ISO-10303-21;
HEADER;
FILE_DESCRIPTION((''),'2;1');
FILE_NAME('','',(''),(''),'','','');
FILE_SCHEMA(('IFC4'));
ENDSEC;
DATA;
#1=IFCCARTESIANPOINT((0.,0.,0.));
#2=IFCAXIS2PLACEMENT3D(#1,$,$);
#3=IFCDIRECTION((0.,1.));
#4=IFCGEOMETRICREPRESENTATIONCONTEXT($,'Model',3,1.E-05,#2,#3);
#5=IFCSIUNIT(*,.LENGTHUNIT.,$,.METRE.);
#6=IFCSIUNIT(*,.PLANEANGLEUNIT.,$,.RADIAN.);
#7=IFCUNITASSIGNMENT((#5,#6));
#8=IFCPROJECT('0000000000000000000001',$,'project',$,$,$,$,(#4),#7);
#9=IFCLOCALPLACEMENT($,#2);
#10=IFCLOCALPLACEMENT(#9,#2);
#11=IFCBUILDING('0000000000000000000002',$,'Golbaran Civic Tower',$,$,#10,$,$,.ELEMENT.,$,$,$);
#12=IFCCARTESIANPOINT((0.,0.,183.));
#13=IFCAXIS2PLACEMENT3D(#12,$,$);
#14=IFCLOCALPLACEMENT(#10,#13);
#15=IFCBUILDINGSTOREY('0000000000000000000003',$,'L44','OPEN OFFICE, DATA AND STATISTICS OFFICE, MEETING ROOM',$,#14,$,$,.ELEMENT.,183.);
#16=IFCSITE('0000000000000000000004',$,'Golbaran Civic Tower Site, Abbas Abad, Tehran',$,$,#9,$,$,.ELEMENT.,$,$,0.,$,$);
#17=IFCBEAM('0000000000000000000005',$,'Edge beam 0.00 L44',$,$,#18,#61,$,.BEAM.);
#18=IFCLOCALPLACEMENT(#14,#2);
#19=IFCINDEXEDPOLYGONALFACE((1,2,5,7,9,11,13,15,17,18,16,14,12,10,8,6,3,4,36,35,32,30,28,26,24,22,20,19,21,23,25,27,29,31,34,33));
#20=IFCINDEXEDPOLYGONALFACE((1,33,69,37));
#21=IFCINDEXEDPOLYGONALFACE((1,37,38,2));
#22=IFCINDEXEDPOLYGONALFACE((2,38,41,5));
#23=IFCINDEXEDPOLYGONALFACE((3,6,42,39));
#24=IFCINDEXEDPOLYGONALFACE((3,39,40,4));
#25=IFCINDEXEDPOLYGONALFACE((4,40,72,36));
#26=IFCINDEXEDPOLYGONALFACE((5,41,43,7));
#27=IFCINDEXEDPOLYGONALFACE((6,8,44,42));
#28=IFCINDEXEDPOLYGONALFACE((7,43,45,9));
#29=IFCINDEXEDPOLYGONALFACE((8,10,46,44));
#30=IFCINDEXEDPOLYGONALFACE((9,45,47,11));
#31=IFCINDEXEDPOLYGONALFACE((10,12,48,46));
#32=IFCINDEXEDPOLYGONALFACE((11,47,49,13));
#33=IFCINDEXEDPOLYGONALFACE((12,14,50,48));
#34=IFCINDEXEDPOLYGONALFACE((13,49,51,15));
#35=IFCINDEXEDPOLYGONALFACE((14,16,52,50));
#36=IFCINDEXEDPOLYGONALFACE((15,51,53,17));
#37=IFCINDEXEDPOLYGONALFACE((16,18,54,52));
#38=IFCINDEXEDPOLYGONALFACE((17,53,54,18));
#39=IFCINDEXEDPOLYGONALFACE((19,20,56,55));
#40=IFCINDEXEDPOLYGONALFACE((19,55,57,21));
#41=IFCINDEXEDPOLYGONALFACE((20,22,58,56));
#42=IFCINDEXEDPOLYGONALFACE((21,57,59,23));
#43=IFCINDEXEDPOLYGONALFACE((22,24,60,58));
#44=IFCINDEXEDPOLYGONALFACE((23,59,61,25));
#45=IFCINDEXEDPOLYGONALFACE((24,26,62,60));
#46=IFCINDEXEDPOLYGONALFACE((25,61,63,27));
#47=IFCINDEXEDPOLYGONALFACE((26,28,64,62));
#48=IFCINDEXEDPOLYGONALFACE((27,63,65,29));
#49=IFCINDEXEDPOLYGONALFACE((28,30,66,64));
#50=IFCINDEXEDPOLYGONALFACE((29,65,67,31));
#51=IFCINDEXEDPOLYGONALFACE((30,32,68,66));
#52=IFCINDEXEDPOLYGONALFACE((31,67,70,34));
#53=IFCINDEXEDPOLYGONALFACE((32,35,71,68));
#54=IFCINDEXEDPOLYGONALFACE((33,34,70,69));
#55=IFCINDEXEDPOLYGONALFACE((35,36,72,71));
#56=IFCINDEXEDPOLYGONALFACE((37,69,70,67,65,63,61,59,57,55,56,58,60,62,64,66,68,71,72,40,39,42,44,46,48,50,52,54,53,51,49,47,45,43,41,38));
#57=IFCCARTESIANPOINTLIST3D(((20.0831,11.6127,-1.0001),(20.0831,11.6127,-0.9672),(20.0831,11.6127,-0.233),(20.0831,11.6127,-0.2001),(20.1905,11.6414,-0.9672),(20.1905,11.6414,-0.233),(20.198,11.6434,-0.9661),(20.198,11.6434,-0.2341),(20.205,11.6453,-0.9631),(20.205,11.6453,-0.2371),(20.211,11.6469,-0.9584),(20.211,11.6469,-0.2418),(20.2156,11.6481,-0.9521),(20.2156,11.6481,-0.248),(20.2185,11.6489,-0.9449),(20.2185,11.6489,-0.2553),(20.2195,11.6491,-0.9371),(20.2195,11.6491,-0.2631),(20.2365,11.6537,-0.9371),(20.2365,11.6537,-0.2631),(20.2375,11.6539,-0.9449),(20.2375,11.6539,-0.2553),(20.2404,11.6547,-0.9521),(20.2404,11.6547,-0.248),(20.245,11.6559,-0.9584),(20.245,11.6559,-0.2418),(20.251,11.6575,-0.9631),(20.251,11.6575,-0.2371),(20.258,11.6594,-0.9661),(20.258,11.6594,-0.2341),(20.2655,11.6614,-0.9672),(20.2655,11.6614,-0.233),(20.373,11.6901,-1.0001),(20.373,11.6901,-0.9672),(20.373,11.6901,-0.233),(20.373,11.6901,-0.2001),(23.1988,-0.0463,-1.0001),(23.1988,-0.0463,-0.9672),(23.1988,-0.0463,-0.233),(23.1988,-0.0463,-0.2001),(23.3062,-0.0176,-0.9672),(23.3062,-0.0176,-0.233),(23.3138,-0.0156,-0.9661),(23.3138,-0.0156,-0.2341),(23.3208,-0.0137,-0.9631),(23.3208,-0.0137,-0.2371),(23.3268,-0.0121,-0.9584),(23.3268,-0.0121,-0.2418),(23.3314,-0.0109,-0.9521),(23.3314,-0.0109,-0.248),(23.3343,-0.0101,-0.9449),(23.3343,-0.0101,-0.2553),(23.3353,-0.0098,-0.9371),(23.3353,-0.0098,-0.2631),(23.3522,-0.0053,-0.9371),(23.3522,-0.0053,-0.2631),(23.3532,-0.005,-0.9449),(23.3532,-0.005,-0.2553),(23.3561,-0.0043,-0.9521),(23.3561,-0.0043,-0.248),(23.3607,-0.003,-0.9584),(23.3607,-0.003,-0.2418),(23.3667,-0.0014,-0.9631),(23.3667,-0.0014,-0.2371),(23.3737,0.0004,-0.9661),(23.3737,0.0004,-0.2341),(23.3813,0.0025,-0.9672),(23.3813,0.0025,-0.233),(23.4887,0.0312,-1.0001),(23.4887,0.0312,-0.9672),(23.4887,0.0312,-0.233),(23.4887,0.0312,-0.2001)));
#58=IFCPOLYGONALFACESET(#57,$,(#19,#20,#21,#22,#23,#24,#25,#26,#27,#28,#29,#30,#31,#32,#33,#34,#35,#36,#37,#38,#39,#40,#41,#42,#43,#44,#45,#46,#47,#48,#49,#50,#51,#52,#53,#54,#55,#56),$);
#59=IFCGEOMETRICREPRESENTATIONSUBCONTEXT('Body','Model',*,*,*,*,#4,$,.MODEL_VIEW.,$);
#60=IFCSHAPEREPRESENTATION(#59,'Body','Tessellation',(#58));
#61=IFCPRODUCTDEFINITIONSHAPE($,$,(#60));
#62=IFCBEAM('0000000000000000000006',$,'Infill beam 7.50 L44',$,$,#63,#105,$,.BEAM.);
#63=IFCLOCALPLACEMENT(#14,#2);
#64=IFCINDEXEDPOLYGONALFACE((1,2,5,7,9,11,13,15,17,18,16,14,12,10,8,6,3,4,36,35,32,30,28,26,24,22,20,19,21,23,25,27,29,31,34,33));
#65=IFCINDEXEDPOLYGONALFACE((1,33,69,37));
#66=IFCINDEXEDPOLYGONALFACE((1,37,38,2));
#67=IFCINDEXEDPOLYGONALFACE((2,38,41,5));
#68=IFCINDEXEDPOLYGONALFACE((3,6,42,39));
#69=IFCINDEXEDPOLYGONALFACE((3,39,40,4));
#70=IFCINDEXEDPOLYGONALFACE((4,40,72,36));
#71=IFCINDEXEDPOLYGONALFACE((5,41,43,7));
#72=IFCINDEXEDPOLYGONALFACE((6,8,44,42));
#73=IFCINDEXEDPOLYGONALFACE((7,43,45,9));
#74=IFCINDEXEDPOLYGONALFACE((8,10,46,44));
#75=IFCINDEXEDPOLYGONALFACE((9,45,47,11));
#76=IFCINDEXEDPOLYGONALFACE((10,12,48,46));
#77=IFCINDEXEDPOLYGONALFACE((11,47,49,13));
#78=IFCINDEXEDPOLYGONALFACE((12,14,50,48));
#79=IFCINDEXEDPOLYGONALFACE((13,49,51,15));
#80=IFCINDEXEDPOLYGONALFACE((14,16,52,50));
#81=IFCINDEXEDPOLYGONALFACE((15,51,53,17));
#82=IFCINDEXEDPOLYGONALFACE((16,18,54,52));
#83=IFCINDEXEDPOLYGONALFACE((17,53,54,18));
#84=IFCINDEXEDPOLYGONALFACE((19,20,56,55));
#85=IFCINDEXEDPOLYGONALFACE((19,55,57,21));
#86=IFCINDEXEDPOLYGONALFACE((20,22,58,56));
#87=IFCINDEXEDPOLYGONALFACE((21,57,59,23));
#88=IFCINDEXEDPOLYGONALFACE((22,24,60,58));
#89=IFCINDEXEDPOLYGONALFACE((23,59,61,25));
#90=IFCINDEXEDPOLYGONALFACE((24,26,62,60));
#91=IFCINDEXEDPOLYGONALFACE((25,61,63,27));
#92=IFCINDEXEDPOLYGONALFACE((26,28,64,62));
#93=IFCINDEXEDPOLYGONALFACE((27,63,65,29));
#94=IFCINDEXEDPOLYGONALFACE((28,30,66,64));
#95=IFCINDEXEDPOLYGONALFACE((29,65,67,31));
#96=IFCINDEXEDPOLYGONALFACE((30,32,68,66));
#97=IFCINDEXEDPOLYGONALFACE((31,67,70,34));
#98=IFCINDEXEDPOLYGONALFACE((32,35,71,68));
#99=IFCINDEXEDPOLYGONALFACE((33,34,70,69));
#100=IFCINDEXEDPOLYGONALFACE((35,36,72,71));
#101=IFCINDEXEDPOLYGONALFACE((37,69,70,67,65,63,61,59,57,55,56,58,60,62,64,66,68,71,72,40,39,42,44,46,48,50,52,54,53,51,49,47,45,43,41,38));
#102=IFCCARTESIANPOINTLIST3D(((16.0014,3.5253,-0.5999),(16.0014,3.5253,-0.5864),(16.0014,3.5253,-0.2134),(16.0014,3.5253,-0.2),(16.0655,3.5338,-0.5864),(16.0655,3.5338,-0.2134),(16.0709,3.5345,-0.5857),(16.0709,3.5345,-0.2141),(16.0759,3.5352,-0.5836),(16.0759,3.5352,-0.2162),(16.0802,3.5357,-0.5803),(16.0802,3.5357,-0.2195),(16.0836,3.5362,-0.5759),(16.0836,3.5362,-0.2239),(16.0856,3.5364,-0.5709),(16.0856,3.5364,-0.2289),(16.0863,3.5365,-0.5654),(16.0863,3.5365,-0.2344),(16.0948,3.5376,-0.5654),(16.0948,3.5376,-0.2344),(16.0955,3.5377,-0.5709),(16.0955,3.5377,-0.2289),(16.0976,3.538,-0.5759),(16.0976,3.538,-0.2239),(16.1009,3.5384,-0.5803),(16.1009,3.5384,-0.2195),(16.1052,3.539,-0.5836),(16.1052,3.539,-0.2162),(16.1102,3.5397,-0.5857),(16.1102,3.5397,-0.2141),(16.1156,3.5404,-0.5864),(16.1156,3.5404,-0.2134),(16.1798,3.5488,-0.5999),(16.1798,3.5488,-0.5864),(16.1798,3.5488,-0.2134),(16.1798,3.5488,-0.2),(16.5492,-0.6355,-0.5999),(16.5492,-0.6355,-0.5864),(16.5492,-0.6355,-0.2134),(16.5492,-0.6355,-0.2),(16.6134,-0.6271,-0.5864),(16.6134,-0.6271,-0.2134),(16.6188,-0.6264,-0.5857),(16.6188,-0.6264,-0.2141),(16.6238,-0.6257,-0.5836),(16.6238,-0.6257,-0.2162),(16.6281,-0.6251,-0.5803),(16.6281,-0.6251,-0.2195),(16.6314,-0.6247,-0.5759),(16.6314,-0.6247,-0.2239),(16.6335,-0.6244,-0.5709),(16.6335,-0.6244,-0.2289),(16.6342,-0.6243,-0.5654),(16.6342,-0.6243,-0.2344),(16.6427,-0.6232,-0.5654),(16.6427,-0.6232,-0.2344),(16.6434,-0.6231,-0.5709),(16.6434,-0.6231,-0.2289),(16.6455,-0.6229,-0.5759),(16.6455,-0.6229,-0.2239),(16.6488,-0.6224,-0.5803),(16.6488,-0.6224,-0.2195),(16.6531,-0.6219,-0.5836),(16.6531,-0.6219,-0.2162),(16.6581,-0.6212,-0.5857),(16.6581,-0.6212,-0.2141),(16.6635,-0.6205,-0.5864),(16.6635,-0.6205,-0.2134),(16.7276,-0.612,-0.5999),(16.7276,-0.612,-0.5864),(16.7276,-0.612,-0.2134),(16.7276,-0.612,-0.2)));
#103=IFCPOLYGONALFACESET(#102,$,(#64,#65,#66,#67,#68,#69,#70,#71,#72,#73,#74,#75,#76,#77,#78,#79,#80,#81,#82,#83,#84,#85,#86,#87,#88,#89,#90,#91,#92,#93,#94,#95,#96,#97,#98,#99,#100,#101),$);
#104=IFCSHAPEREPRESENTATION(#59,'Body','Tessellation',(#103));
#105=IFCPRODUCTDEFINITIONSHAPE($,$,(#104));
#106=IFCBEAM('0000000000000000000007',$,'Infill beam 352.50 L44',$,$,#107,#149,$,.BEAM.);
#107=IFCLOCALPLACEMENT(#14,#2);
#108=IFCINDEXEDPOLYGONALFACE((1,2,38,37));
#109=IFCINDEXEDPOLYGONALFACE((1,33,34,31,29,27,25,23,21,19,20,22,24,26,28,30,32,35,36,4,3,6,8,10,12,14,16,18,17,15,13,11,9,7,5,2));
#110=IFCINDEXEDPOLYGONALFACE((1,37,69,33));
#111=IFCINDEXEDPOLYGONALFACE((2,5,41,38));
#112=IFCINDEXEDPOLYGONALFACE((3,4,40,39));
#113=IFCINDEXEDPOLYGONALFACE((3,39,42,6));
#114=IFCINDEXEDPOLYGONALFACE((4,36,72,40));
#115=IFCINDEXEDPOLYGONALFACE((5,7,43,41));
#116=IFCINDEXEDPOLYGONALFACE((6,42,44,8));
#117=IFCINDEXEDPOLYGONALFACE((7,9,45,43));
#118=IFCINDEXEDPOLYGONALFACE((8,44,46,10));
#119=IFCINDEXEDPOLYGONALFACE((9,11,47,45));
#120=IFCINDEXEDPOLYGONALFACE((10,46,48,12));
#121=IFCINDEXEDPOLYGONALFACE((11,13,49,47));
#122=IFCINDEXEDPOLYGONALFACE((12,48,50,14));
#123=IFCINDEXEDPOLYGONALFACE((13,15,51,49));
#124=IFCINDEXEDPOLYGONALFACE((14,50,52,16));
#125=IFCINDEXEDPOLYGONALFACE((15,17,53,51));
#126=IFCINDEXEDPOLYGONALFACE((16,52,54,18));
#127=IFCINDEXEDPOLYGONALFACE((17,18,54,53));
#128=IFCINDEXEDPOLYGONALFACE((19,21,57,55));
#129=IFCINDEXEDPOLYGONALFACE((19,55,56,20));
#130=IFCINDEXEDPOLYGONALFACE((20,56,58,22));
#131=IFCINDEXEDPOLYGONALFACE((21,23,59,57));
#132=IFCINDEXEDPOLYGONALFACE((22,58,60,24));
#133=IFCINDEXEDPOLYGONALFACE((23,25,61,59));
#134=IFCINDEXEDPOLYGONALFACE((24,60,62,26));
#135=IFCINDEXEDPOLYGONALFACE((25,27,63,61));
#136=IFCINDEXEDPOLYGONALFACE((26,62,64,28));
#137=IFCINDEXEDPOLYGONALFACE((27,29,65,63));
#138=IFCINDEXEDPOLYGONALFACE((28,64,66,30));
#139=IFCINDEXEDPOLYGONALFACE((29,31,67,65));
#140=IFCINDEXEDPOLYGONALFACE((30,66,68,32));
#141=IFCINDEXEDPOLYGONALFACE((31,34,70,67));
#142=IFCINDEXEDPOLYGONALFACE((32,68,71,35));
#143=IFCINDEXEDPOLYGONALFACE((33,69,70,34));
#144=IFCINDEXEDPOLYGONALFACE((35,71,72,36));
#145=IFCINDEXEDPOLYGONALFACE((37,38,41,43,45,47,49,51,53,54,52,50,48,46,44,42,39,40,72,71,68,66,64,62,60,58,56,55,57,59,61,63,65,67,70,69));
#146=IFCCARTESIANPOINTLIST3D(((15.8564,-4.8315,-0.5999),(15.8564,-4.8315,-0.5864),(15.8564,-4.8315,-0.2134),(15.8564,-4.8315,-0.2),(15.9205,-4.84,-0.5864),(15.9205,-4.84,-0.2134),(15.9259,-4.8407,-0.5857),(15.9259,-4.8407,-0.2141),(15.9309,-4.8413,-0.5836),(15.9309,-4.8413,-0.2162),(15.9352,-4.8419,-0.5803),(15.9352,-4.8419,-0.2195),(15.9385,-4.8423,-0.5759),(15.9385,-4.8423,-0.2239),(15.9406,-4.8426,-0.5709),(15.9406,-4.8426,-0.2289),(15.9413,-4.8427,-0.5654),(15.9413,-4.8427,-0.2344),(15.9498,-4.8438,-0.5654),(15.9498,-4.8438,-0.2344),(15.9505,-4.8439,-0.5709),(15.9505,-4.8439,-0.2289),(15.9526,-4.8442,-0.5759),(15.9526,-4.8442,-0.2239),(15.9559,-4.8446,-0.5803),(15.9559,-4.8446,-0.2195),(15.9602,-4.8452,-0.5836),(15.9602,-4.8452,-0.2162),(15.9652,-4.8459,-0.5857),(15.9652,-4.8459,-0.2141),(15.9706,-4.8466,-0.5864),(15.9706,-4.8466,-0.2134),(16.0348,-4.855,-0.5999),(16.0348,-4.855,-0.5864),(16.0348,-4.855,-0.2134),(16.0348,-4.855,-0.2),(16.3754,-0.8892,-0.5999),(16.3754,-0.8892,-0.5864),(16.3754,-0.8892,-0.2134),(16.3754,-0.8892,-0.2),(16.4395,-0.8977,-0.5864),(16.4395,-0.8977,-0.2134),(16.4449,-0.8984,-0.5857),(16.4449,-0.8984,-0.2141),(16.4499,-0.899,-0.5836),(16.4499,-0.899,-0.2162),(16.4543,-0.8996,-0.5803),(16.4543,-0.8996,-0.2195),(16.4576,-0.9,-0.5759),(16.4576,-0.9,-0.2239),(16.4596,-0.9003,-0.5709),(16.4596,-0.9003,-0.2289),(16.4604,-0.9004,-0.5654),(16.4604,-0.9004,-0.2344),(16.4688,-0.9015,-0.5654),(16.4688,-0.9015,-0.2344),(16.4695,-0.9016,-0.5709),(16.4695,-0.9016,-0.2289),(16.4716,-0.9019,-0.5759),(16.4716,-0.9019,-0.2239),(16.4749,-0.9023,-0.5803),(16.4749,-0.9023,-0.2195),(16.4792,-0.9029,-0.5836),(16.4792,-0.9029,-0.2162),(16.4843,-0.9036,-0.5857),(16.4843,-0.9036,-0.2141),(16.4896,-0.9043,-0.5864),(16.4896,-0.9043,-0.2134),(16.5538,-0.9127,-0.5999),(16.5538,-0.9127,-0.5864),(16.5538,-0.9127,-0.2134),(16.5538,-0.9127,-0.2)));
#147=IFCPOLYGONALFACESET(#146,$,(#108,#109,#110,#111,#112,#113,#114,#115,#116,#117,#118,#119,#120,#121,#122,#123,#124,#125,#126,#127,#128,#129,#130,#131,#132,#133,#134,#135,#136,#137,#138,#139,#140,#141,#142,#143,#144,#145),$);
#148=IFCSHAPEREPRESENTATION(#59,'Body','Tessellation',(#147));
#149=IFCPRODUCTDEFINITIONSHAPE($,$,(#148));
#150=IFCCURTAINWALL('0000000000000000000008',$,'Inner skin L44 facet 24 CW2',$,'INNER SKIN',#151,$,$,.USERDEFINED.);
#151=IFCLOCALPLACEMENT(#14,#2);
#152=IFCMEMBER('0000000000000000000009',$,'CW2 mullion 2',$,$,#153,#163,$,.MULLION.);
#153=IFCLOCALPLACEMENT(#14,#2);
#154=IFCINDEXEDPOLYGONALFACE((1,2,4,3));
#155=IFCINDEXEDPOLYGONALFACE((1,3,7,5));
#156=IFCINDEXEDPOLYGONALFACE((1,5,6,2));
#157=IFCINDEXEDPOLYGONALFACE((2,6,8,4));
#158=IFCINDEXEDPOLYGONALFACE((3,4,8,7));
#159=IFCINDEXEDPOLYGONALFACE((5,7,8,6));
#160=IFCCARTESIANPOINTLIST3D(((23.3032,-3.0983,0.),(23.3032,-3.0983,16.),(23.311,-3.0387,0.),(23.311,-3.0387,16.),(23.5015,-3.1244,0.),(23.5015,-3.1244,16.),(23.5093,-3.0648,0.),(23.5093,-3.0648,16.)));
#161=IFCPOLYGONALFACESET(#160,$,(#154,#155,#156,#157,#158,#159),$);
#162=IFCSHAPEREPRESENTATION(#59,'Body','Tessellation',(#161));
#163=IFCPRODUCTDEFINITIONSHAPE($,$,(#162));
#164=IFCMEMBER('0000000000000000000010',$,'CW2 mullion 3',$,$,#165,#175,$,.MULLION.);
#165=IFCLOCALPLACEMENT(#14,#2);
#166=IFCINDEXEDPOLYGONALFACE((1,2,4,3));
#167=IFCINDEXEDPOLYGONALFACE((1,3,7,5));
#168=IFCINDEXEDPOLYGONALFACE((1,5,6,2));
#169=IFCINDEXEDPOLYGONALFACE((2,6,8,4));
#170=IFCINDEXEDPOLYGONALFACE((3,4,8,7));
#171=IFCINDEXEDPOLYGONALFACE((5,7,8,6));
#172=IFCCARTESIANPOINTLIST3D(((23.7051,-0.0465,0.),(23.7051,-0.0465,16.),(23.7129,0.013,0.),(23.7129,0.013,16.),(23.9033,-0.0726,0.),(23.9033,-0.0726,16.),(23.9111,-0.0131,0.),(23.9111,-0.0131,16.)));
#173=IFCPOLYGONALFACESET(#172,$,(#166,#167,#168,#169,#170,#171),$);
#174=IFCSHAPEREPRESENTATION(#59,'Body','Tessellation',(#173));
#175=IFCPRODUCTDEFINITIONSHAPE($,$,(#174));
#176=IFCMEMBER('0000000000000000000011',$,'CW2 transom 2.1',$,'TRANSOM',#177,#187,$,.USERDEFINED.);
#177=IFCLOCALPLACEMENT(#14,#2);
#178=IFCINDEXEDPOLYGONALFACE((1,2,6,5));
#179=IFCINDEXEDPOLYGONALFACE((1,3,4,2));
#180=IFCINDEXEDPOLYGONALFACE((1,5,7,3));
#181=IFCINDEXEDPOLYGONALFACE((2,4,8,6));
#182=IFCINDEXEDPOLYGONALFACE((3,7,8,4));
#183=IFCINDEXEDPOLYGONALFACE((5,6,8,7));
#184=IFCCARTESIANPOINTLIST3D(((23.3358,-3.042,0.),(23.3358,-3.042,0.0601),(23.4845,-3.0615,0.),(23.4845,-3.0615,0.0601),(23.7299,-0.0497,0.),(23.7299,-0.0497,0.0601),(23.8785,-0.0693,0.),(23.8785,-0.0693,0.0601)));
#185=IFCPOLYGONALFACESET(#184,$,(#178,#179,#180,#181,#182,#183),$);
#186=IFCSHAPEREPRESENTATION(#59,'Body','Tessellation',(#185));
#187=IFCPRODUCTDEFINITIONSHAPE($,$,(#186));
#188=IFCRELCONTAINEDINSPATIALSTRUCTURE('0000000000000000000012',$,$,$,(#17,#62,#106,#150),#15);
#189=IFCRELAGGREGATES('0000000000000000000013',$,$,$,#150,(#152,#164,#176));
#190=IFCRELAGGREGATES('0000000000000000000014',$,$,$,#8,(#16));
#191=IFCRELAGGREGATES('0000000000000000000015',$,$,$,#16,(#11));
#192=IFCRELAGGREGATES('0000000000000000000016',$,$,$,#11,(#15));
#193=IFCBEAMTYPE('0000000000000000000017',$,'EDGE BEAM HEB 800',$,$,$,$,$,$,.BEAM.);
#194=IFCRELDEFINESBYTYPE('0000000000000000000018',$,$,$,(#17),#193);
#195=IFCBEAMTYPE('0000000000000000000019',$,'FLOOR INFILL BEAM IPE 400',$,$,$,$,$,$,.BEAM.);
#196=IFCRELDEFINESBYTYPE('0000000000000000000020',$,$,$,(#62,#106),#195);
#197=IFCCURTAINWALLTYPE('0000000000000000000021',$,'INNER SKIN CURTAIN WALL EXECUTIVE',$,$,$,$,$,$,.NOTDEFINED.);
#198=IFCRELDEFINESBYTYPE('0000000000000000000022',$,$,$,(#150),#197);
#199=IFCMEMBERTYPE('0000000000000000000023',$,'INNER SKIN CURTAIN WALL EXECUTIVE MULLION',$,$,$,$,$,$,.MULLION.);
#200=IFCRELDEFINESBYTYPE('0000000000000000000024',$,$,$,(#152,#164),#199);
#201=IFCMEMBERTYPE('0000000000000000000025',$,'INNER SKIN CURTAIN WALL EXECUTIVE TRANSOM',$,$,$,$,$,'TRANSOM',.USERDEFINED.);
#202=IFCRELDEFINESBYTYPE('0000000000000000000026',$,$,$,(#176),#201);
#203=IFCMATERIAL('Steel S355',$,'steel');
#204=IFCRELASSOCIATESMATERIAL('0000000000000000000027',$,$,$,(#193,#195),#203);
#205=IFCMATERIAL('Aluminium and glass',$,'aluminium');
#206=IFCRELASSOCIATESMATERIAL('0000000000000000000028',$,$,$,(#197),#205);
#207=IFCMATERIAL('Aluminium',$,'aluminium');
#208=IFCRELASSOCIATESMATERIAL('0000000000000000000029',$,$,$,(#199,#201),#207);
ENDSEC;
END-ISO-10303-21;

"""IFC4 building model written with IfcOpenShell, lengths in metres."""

from ifc_helpers import new_model, si_unit, direction, frame, origin, origin_2d, place, context, subcontext, project, spatial, rectangle, i_section, extrude, material, material_profile, profile_set, type_object, element, aggregate, save


model = new_model("IFC4")

# Units and contexts
model_context = context("Model", 3, precision=1e-05, world=origin(), true_north=direction((0.0, 1.0)))
body_context = subcontext(model_context, "Body", "Model", "MODEL_VIEW")
ifc_project = project(units=[si_unit("LENGTHUNIT", "METRE"), si_unit("PLANEANGLEUNIT", "RADIAN")], contexts=[model_context])

# Site, building, storey
site_placement = place(None, origin())
site = spatial("IfcSite", under=ifc_project, at=site_placement, Name="Golbaran Civic Tower Site, Abbas Abad, Tehran", CompositionType="ELEMENT", RefElevation=0.0)
building_placement = place(site_placement, origin())
building = spatial("IfcBuilding", under=site, at=building_placement, Name="Golbaran Civic Tower", CompositionType="ELEMENT")
storey_placement = place(building_placement, frame((0.0, 0.0, 183.0)))
storey = spatial("IfcBuildingStorey", under=building, at=storey_placement, Name="L44", Description="OPEN OFFICE, DATA AND STATISTICS OFFICE, MEETING ROOM", CompositionType="ELEMENT", Elevation=183.0)

# Beams
ifc_material_1 = material(Name="Steel S355", Category="steel")
ifc_material_profile_1 = material_profile(ifc_material_1, i_section(OverallWidth=0.3, OverallDepth=0.8, WebThickness=0.0176, FlangeThickness=0.033, FilletRadius=0.03, at=origin_2d()), Name="HEB 800")
ifc_profile_set_1 = profile_set([ifc_material_profile_1], Name="Steel S355")
beam_type_1 = type_object("IfcBeamType", Name="EDGE BEAM HEB 800", PredefinedType="BEAM", material=ifc_profile_set_1)
beam_1_placement = place(storey_placement, frame((23.3438, -0.0076, -0.6001), z_axis=(-0.258179, 0.966097, 0.0), x_axis=(-0.966097, -0.258179, 0.0)))
element("IfcBeam", 1, at=beam_1_placement, inside=storey, type_object=beam_type_1, Name="Edge beam 0.00 L44", PredefinedType="BEAM", context=body_context, shape_type="SweptSolid", body=[
    extrude(i_section(OverallWidth=0.3, OverallDepth=0.8, WebThickness=0.0176, FlangeThickness=0.033, FilletRadius=0.03, at=origin_2d()), origin(), (0.0, 0.0, 1.0), 12.0681),
])
ifc_material_profile_2 = material_profile(ifc_material_1, i_section(OverallWidth=0.1799, OverallDepth=0.3999, WebThickness=0.0085, FlangeThickness=0.0134, FilletRadius=0.021, at=origin_2d()), Name="IPE 400")
ifc_profile_set_2 = profile_set([ifc_material_profile_2], Name="Steel S355")
beam_type_2 = type_object("IfcBeamType", Name="FLOOR INFILL BEAM IPE 400", PredefinedType="BEAM", material=ifc_profile_set_2)
beam_2_placement = place(storey_placement, frame((16.6384, -0.6238, -0.3999), z_axis=(-0.13054, 0.991443, 0.0), x_axis=(-0.991443, -0.13054, 0.0)))
element("IfcBeam", 2, at=beam_2_placement, inside=storey, type_object=beam_type_2, Name="Infill beam 7.50 L44", PredefinedType="BEAM", context=body_context, shape_type="SweptSolid", body=[
    extrude(i_section(OverallWidth=0.1799, OverallDepth=0.3999, WebThickness=0.0085, FlangeThickness=0.0134, FilletRadius=0.021, at=origin_2d()), origin(), (0.0, 0.0, 1.0), 4.1968),
])
beam_3_placement = place(storey_placement, frame((15.9456, -4.8433, -0.3999), z_axis=(0.130531, 0.991444, 0.0), x_axis=(-0.991444, 0.130531, 0.0)))
element("IfcBeam", 3, at=beam_3_placement, inside=storey, type_object=beam_type_2, Name="Infill beam 352.50 L44", PredefinedType="BEAM", context=body_context, shape_type="SweptSolid", body=[
    extrude(i_section(OverallWidth=0.1799, OverallDepth=0.3999, WebThickness=0.0085, FlangeThickness=0.0134, FilletRadius=0.021, at=origin_2d()), origin(), (0.0, 0.0, 1.0), 3.9763),
])

# Curtain wall, members
ifc_material_2 = material(Name="Aluminium and glass", Category="aluminium")
curtain_wall_type_1 = type_object("IfcCurtainWallType", Name="INNER SKIN CURTAIN WALL EXECUTIVE", PredefinedType="NOTDEFINED", material=ifc_material_2)
curtain_wall_1_placement = place(storey_placement, origin())
curtain_wall_1 = element("IfcCurtainWall", 4, at=curtain_wall_1_placement, inside=storey, type_object=curtain_wall_type_1, Name="Inner skin L44 facet 24 CW2", ObjectType="INNER SKIN", PredefinedType="USERDEFINED")
ifc_material_3 = material(Name="Aluminium", Category="aluminium")
ifc_material_profile_3 = material_profile(ifc_material_3, rectangle(XDim=0.2, YDim=0.0601, at=origin_2d()), Name="INNER SKIN CURTAIN WALL EXECUTIVE MULLION")
ifc_profile_set_3 = profile_set([ifc_material_profile_3], Name="Aluminium")
member_type_1 = type_object("IfcMemberType", Name="INNER SKIN CURTAIN WALL EXECUTIVE MULLION", PredefinedType="MULLION", material=ifc_profile_set_3)
member_1_placement = place(storey_placement, frame((23.4062, -3.0815, 0.0), z_axis=(0.0, 0.0, 1.0), x_axis=(-0.991445, 0.130526, 0.0)))
member_1 = element("IfcMember", 5, at=member_1_placement, type_object=member_type_1, Name="CW2 mullion 2", PredefinedType="MULLION", context=body_context, shape_type="SweptSolid", body=[
    extrude(rectangle(XDim=0.2, YDim=0.0601, at=origin_2d()), origin(), (0.0, 0.0, 1.0), 16.0),
])
member_2_placement = place(storey_placement, frame((23.8081, -0.0298, 0.0), z_axis=(0.0, 0.0, 1.0), x_axis=(-0.991445, 0.130526, 0.0)))
member_2 = element("IfcMember", 6, at=member_2_placement, type_object=member_type_1, Name="CW2 mullion 3", PredefinedType="MULLION", context=body_context, shape_type="SweptSolid", body=[
    extrude(rectangle(XDim=0.2, YDim=0.0601, at=origin_2d()), origin(), (0.0, 0.0, 1.0), 16.0),
])
ifc_material_profile_4 = material_profile(ifc_material_3, rectangle(XDim=0.1499, YDim=0.0601, at=origin_2d()), Name="INNER SKIN CURTAIN WALL EXECUTIVE TRANSOM")
ifc_profile_set_4 = profile_set([ifc_material_profile_4], Name="Aluminium")
member_type_2 = type_object("IfcMemberType", Name="INNER SKIN CURTAIN WALL EXECUTIVE TRANSOM", ElementType="TRANSOM", PredefinedType="USERDEFINED", material=ifc_profile_set_4)
member_3_placement = place(storey_placement, frame((23.4102, -3.0518, 0.03), z_axis=(0.130563, 0.99144, 0.0), x_axis=(-0.99144, 0.130563, 0.0)))
member_3 = element("IfcMember", 7, at=member_3_placement, type_object=member_type_2, Name="CW2 transom 2.1", ObjectType="TRANSOM", PredefinedType="USERDEFINED", context=body_context, shape_type="SweptSolid", body=[
    extrude(rectangle(XDim=0.1499, YDim=0.0601, at=origin_2d()), origin(), (0.0, 0.0, 1.0), 3.0181),
])

aggregate(curtain_wall_1, [member_1, member_2, member_3])

save(model, "model.ifc")
